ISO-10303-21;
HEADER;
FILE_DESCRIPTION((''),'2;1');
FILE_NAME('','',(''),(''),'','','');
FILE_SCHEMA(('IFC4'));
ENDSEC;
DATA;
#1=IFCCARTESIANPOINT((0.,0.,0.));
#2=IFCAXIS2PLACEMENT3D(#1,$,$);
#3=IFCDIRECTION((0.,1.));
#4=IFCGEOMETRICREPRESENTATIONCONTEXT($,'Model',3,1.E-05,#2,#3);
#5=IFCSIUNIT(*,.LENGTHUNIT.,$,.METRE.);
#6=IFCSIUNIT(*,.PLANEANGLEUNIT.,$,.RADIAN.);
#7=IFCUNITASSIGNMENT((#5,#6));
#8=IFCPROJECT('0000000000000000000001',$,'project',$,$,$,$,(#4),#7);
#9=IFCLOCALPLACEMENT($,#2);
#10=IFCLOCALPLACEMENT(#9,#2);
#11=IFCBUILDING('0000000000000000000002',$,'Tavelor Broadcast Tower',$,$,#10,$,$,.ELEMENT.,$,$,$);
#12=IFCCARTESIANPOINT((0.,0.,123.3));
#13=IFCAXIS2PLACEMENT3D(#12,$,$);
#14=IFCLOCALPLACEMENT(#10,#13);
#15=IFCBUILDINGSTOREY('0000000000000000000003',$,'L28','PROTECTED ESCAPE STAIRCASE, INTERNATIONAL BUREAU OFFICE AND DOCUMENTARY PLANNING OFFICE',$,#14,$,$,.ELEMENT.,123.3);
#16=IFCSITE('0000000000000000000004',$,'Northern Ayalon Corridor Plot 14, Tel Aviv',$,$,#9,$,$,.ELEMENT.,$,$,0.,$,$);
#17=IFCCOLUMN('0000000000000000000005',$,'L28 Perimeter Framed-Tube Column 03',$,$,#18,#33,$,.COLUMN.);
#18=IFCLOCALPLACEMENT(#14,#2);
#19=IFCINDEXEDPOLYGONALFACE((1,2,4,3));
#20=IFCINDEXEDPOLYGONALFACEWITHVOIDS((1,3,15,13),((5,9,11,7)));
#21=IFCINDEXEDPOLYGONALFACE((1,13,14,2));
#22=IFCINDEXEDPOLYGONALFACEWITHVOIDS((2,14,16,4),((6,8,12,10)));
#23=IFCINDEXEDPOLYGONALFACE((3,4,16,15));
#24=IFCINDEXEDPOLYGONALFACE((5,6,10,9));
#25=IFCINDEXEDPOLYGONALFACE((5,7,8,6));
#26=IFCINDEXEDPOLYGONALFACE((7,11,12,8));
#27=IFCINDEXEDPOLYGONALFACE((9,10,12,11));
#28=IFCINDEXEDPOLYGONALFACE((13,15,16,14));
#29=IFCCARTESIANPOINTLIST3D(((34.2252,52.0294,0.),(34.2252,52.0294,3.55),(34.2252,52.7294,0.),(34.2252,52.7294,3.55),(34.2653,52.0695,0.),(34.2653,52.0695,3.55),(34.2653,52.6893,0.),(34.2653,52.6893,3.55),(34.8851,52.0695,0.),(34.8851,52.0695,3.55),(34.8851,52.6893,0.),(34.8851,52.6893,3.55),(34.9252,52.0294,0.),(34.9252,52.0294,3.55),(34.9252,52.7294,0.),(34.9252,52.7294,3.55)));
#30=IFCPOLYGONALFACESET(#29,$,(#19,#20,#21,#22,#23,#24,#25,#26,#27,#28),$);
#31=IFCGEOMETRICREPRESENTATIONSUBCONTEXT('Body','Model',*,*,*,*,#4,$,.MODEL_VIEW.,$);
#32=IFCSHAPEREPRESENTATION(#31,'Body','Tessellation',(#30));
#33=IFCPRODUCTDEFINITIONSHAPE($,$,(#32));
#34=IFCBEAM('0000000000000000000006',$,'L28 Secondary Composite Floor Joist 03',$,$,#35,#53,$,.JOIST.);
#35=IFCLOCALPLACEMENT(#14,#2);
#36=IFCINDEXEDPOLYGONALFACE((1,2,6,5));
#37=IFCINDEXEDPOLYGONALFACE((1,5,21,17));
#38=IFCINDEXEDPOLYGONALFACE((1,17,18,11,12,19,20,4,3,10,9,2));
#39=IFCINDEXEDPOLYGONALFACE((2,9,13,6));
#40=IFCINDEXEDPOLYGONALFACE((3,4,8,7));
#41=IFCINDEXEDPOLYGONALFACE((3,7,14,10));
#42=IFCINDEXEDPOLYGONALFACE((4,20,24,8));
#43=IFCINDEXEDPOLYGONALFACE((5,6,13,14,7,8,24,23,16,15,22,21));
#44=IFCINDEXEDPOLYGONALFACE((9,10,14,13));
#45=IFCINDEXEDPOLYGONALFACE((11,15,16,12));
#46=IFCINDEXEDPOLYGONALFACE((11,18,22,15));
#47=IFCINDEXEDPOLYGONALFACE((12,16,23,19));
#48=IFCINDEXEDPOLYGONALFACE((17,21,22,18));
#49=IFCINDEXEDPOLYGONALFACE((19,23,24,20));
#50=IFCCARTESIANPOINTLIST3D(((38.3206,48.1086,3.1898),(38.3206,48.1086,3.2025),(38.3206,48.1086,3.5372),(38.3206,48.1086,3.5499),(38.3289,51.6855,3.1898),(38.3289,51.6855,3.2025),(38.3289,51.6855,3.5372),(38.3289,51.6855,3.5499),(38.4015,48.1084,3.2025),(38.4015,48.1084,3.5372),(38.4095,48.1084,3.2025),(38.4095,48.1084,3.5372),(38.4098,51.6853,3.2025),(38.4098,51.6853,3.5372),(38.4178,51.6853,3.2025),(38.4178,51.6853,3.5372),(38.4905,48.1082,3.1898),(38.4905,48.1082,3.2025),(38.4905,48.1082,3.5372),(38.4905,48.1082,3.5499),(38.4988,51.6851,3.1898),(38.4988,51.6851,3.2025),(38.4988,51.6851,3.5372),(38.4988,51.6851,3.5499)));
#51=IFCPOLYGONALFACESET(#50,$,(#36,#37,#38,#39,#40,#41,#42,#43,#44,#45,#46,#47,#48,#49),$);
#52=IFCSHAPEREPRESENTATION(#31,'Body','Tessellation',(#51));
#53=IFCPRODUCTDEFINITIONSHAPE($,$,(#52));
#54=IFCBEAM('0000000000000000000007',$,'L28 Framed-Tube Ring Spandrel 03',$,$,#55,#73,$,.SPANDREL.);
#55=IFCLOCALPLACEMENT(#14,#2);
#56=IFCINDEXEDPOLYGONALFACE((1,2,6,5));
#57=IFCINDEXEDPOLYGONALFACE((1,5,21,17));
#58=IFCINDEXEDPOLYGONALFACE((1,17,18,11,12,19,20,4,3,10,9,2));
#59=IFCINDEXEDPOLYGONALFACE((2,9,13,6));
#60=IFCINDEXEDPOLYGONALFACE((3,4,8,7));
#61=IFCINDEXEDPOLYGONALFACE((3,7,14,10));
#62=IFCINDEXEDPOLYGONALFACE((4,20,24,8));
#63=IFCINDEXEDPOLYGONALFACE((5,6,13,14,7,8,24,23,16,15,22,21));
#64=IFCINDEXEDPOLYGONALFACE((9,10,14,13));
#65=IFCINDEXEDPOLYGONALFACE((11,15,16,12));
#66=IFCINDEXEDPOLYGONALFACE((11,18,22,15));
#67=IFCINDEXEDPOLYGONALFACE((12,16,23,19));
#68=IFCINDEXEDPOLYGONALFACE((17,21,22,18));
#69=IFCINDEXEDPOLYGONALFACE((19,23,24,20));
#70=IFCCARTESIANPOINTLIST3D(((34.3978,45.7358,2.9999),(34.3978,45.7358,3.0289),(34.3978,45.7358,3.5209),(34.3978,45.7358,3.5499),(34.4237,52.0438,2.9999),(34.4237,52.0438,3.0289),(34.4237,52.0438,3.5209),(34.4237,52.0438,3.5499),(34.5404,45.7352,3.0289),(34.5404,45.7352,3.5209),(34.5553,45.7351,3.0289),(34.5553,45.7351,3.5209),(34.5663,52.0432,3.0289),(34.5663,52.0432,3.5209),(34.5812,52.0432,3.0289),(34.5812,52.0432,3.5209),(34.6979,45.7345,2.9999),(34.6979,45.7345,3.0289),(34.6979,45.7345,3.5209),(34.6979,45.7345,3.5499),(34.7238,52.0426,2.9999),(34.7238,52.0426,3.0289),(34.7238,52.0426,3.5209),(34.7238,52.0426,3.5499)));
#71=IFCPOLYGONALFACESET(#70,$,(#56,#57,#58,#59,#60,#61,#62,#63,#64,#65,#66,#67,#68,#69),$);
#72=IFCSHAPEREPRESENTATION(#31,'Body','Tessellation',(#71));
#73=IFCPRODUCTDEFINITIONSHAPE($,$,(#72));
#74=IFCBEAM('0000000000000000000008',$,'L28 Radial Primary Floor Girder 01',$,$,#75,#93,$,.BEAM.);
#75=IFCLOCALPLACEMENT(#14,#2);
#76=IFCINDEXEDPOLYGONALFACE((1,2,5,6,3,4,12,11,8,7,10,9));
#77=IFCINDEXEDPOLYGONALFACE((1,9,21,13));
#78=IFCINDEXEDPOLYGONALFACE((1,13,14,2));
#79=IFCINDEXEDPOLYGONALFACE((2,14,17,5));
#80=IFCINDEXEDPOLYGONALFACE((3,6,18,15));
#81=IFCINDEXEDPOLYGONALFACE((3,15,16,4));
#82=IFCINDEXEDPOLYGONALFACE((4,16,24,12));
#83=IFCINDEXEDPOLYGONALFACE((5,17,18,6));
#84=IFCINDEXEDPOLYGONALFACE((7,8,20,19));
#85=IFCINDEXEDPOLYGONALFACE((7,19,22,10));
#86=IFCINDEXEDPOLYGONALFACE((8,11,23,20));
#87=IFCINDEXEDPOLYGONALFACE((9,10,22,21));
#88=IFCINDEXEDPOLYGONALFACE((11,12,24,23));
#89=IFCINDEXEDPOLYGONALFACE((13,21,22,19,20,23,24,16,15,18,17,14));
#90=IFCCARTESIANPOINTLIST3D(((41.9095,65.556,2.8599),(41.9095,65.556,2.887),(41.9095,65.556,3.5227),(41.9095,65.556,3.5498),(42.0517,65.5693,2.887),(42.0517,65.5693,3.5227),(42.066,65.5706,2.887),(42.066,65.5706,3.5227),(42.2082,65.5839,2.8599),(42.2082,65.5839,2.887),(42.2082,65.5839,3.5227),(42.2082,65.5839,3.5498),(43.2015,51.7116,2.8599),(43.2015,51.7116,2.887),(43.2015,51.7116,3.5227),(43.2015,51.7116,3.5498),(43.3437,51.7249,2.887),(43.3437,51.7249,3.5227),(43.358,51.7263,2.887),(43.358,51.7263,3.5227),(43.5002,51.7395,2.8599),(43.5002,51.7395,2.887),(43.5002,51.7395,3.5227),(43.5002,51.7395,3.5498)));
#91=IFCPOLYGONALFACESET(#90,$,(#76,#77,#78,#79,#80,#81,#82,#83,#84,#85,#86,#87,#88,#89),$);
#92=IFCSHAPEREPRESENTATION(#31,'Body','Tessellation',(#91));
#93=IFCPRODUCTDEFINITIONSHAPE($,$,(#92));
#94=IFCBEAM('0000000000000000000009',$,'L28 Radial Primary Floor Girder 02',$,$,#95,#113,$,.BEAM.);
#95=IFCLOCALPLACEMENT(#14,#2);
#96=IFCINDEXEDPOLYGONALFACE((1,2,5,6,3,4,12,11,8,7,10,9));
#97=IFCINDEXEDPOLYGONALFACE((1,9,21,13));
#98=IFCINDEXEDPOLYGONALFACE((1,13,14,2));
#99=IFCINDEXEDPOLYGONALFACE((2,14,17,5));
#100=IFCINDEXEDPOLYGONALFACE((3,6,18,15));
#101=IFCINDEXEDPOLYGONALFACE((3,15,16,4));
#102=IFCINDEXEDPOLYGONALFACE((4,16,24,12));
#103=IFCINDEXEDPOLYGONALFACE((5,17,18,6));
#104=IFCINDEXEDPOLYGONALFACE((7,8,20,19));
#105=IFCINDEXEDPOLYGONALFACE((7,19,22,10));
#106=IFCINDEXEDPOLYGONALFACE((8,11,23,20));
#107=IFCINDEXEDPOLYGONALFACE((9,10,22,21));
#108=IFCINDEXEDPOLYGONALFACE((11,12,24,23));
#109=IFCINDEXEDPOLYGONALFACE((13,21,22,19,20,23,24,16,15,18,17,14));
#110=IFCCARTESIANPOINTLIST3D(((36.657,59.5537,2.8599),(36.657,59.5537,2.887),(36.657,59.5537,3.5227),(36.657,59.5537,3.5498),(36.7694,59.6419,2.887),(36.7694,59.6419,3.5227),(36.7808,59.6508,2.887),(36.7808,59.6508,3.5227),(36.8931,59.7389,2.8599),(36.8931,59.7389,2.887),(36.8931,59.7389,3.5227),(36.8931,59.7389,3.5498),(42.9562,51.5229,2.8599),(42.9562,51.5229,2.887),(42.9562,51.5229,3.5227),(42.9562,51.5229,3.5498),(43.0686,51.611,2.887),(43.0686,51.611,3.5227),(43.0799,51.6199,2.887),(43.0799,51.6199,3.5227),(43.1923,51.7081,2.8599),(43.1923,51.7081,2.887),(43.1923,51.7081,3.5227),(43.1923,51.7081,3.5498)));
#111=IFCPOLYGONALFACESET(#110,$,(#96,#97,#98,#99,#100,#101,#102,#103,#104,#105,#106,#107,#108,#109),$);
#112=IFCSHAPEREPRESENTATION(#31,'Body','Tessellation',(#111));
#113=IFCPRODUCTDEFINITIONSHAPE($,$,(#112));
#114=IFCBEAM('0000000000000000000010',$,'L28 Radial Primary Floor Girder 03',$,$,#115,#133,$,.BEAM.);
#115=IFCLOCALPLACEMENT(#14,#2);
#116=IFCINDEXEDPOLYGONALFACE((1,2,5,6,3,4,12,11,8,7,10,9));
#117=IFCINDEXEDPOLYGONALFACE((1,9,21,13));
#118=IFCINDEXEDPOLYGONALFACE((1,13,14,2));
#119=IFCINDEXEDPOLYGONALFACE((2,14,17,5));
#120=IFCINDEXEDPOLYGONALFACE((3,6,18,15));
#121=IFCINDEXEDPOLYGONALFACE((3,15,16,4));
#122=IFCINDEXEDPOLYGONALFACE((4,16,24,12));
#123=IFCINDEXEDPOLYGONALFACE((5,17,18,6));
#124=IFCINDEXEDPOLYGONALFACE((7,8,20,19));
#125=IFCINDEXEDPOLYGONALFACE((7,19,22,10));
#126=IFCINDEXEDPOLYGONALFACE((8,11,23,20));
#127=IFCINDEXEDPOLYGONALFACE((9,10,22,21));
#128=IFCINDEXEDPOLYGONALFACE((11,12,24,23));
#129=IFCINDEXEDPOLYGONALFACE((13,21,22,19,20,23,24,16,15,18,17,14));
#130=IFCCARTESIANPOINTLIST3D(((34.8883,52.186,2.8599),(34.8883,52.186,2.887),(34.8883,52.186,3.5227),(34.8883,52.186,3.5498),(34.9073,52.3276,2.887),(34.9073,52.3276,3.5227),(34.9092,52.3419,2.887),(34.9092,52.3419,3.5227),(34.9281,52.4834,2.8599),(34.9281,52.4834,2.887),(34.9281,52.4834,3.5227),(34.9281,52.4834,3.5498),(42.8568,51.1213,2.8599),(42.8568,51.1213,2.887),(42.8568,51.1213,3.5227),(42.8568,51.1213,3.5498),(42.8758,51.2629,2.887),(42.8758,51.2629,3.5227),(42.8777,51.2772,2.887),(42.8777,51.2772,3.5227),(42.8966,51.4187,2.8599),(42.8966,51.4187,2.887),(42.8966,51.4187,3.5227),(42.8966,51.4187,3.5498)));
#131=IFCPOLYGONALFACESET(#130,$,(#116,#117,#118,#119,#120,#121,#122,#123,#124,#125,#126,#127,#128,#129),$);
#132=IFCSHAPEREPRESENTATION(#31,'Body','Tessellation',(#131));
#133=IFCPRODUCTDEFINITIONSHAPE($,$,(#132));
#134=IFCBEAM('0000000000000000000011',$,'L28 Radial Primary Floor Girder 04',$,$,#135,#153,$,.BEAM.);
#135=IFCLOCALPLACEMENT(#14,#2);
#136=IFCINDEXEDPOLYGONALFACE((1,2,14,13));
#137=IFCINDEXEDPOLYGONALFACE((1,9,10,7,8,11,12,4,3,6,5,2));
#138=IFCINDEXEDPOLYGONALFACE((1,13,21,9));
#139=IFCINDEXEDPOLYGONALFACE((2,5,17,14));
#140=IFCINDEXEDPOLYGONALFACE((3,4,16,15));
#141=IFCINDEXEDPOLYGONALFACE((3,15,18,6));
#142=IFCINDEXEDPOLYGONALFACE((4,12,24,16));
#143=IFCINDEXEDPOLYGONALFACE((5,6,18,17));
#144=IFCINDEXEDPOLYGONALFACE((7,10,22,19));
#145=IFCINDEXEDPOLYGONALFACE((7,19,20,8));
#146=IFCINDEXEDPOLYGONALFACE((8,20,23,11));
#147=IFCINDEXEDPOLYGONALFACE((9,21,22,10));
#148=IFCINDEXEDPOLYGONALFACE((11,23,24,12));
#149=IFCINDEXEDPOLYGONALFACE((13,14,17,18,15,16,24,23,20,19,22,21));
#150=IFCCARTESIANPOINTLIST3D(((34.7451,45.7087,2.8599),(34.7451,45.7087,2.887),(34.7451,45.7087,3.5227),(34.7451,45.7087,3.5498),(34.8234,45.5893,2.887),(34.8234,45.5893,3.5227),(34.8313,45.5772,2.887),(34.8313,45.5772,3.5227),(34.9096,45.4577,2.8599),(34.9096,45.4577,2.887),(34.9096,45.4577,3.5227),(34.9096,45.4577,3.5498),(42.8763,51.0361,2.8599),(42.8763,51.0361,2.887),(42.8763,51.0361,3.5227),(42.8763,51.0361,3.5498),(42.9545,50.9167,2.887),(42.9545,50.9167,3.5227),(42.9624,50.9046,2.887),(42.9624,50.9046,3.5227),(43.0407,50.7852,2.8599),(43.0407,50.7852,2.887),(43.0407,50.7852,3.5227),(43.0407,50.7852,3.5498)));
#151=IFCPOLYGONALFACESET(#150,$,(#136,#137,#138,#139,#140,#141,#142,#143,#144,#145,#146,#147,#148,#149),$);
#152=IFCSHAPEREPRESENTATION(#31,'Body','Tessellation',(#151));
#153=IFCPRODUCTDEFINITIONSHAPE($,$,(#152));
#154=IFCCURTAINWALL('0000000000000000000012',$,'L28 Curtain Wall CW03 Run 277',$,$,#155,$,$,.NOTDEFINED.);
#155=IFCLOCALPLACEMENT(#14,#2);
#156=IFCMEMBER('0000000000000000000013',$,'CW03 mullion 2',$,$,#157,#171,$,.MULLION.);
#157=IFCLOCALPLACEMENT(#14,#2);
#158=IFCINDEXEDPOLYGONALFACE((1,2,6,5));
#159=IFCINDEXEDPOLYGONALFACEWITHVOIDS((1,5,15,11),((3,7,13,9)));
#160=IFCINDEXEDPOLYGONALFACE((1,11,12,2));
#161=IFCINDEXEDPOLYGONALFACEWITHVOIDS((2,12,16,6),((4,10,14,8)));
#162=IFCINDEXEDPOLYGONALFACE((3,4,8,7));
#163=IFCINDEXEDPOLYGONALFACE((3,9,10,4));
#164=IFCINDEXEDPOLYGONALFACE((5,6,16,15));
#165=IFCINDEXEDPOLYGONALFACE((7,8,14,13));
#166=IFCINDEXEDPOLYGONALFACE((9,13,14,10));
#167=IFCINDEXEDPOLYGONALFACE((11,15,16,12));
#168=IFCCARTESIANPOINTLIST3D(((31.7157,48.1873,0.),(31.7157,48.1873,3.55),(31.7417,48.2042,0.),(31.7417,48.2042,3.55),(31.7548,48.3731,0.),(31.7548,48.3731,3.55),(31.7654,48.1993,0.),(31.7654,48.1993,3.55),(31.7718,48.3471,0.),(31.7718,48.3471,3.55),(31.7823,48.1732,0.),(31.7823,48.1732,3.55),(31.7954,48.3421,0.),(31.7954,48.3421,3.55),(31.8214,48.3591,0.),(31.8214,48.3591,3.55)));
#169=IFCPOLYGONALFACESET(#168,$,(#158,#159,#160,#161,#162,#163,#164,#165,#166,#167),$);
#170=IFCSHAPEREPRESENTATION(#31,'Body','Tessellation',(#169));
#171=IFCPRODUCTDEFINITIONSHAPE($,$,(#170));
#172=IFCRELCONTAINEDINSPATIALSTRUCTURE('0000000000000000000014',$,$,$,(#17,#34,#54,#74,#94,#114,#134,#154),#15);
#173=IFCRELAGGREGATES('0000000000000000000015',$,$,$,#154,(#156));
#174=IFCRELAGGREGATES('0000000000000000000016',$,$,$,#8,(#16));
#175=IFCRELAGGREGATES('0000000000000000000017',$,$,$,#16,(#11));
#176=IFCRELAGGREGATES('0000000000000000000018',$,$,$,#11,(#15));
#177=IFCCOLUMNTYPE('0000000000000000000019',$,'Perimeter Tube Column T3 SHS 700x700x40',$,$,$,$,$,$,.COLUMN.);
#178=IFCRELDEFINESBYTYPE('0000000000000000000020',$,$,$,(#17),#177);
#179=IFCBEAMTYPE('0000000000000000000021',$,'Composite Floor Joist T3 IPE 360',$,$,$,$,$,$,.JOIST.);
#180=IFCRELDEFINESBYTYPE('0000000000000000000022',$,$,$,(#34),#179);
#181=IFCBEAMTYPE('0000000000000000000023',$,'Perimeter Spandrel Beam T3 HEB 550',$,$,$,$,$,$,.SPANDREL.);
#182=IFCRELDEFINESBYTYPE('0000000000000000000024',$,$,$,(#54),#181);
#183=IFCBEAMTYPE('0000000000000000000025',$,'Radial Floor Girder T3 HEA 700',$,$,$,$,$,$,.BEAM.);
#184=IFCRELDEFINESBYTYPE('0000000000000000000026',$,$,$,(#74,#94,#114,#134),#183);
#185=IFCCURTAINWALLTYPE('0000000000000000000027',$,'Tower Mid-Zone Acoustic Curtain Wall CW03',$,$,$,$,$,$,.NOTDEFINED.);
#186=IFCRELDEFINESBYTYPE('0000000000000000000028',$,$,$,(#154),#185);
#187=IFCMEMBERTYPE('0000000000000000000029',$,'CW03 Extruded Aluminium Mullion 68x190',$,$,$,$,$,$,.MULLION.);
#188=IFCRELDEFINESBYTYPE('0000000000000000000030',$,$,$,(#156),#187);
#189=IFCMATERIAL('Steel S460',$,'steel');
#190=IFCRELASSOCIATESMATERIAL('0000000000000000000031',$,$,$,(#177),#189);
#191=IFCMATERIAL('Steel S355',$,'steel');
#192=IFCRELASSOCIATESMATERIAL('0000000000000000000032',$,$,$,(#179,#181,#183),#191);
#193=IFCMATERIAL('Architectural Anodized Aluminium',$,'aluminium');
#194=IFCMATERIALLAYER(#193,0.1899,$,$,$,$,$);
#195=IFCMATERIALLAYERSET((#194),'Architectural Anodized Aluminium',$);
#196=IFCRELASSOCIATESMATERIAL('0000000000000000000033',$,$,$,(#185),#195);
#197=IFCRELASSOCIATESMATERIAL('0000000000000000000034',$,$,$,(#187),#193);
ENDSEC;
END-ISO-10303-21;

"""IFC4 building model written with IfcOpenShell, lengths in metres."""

from ifc_helpers import new_model, si_unit, direction, frame, origin, origin_2d, place, context, subcontext, project, spatial, hollow_rectangle, i_section, extrude, source, transform, mapped, material, layer, layer_set, material_profile, profile_set, type_object, type_shapes, element, aggregate, save


model = new_model("IFC4")

# Units and contexts
model_context = context("Model", 3, precision=1e-05, world=origin(), true_north=direction((0.0, 1.0)))
body_context = subcontext(model_context, "Body", "Model", "MODEL_VIEW")
ifc_project = project(units=[si_unit("LENGTHUNIT", "METRE"), si_unit("PLANEANGLEUNIT", "RADIAN")], contexts=[model_context])

# Site, building, storey
site_placement = place(None, origin())
site = spatial("IfcSite", under=ifc_project, at=site_placement, Name="Northern Ayalon Corridor Plot 14, Tel Aviv", CompositionType="ELEMENT", RefElevation=0.0)
building_placement = place(site_placement, origin())
building = spatial("IfcBuilding", under=site, at=building_placement, Name="Tavelor Broadcast Tower", CompositionType="ELEMENT")
storey_placement = place(building_placement, frame((0.0, 0.0, 123.3)))
storey = spatial("IfcBuildingStorey", under=building, at=storey_placement, Name="L28", Description="PROTECTED ESCAPE STAIRCASE, INTERNATIONAL BUREAU OFFICE AND DOCUMENTARY PLANNING OFFICE", CompositionType="ELEMENT", Elevation=123.3)

# Column
ifc_material_1 = material(Name="Steel S460", Category="steel")
ifc_material_profile_1 = material_profile(ifc_material_1, hollow_rectangle(XDim=0.7, YDim=0.7, WallThickness=0.04, at=origin_2d()), Name="SHS 700x700x40")
ifc_profile_set_1 = profile_set([ifc_material_profile_1], Name="Steel S460")
column_type = type_object("IfcColumnType", Name="Perimeter Tube Column T3 SHS 700x700x40", PredefinedType="COLUMN", material=ifc_profile_set_1)
column_placement = place(storey_placement, frame((34.5752, 52.3794, 0.0), z_axis=(0.0, 0.0, 1.0), x_axis=(1.0, 0.0, 0.0)))
element("IfcColumn", 1, at=column_placement, inside=storey, type_object=column_type, Name="L28 Perimeter Framed-Tube Column 03", PredefinedType="COLUMN", context=body_context, shape_type="SweptSolid", body=[
    extrude(hollow_rectangle(XDim=0.7, YDim=0.7, WallThickness=0.04, at=origin_2d()), origin(), (0.0, 0.0, 1.0), 3.55),
])

# Beams
ifc_material_2 = material(Name="Steel S355", Category="steel")
ifc_material_profile_2 = material_profile(ifc_material_2, i_section(OverallWidth=0.1699, OverallDepth=0.3601, WebThickness=0.0081, FlangeThickness=0.0127, at=origin_2d()), Name="IPE 360")
ifc_profile_set_2 = profile_set([ifc_material_profile_2], Name="Steel S355")
beam_type_1 = type_object("IfcBeamType", Name="Composite Floor Joist T3 IPE 360", PredefinedType="JOIST", material=ifc_profile_set_2)
beam_1_placement = place(storey_placement, frame((38.4138, 51.6853, 3.3699), z_axis=(-0.002321, -0.999997, 0.0), x_axis=(0.999997, -0.002321, 0.0)))
element("IfcBeam", 2, at=beam_1_placement, inside=storey, type_object=beam_type_1, Name="L28 Secondary Composite Floor Joist 03", PredefinedType="JOIST", context=body_context, shape_type="SweptSolid", body=[
    extrude(i_section(OverallWidth=0.1699, OverallDepth=0.3601, WebThickness=0.0081, FlangeThickness=0.0127, at=origin_2d()), origin(), (0.0, 0.0, 1.0), 3.5769),
])
ifc_material_profile_3 = material_profile(ifc_material_2, i_section(OverallWidth=0.3, OverallDepth=0.55, WebThickness=0.0149, FlangeThickness=0.0291, at=origin_2d()), Name="HEB 550")
ifc_profile_set_3 = profile_set([ifc_material_profile_3], Name="Steel S355")
beam_type_2 = type_object("IfcBeamType", Name="Perimeter Spandrel Beam T3 HEB 550", PredefinedType="SPANDREL", material=ifc_profile_set_3)
beam_2_placement = place(storey_placement, frame((34.5737, 52.0432, 3.2749), z_axis=(-0.004102, -0.999992, 0.0), x_axis=(0.999992, -0.004102, 0.0)))
element("IfcBeam", 3, at=beam_2_placement, inside=storey, type_object=beam_type_2, Name="L28 Framed-Tube Ring Spandrel 03", PredefinedType="SPANDREL", context=body_context, shape_type="SweptSolid", body=[
    extrude(i_section(OverallWidth=0.3, OverallDepth=0.55, WebThickness=0.0149, FlangeThickness=0.0291, at=origin_2d()), origin(), (0.0, 0.0, 1.0), 6.3081),
])
ifc_material_profile_4 = material_profile(ifc_material_2, i_section(OverallWidth=0.3, OverallDepth=0.6899, WebThickness=0.0144, FlangeThickness=0.0271, at=origin_2d()), Name="HEA 700")
ifc_profile_set_4 = profile_set([ifc_material_profile_4], Name="Steel S355")
beam_type_3 = type_object("IfcBeamType", Name="Radial Floor Girder T3 HEA 700", PredefinedType="BEAM", material=ifc_profile_set_4)
beam_3_placement = place(storey_placement, frame((43.3508, 51.7256, 3.2048), z_axis=(-0.092918, 0.995674, 0.0), x_axis=(-0.995674, -0.092918, 0.0)))
element("IfcBeam", 4, at=beam_3_placement, inside=storey, type_object=beam_type_3, Name="L28 Radial Primary Floor Girder 01", PredefinedType="BEAM", context=body_context, shape_type="SweptSolid", body=[
    extrude(i_section(OverallWidth=0.3, OverallDepth=0.6899, WebThickness=0.0144, FlangeThickness=0.0271, at=origin_2d()), origin(), (0.0, 0.0, 1.0), 13.9045),
])
beam_4_placement = place(storey_placement, frame((43.0742, 51.6155, 3.2048), z_axis=(-0.617166, 0.786833, 0.0), x_axis=(-0.786833, -0.617166, 0.0)))
element("IfcBeam", 5, at=beam_4_placement, inside=storey, type_object=beam_type_3, Name="L28 Radial Primary Floor Girder 02", PredefinedType="BEAM", context=body_context, shape_type="SweptSolid", body=[
    extrude(i_section(OverallWidth=0.3, OverallDepth=0.6899, WebThickness=0.0144, FlangeThickness=0.0271, at=origin_2d()), origin(), (0.0, 0.0, 1.0), 10.2065),
])
beam_5_placement = place(storey_placement, frame((42.8767, 51.27, 3.2048), z_axis=(-0.991192, 0.132436, 0.0), x_axis=(-0.132436, -0.991192, 0.0)))
element("IfcBeam", 6, at=beam_5_placement, inside=storey, type_object=beam_type_3, Name="L28 Radial Primary Floor Girder 03", PredefinedType="BEAM", context=body_context, shape_type="SweptSolid", body=[
    extrude(i_section(OverallWidth=0.3, OverallDepth=0.6899, WebThickness=0.0144, FlangeThickness=0.0271, at=origin_2d()), origin(), (0.0, 0.0, 1.0), 8.0393),
])
beam_6_placement = place(storey_placement, frame((42.9585, 50.9106, 3.2048), z_axis=(-0.836456, -0.548035, 0.0), x_axis=(0.548035, -0.836456, 0.0)))
element("IfcBeam", 7, at=beam_6_placement, inside=storey, type_object=beam_type_3, Name="L28 Radial Primary Floor Girder 04", PredefinedType="BEAM", context=body_context, shape_type="SweptSolid", body=[
    extrude(i_section(OverallWidth=0.3, OverallDepth=0.6899, WebThickness=0.0144, FlangeThickness=0.0271, at=origin_2d()), origin(), (0.0, 0.0, 1.0), 9.7209),
])

# Curtain wall, member
ifc_material_3 = material(Name="Architectural Anodized Aluminium", Category="aluminium")
ifc_layer_1 = layer(ifc_material_3, 0.1899)
ifc_layer_set_1 = layer_set([ifc_layer_1], Name="Architectural Anodized Aluminium")
curtain_wall_type = type_object("IfcCurtainWallType", Name="Tower Mid-Zone Acoustic Curtain Wall CW03", PredefinedType="NOTDEFINED", material=ifc_layer_set_1)
curtain_wall_1_placement = place(storey_placement, origin())
curtain_wall_1 = element("IfcCurtainWall", 8, at=curtain_wall_1_placement, inside=storey, type_object=curtain_wall_type, Name="L28 Curtain Wall CW03 Run 277", PredefinedType="NOTDEFINED")
ifc_material_profile_5 = material_profile(ifc_material_3, hollow_rectangle(XDim=0.0681, YDim=0.1899, WallThickness=0.022, at=origin_2d()), Name="RHS 68x190x22")
ifc_profile_set_5 = profile_set([ifc_material_profile_5], Name="Architectural Anodized Aluminium")
member_type_1 = type_object("IfcMemberType", Name="CW03 Extruded Aluminium Mullion 68x190", PredefinedType="MULLION", material=ifc_profile_set_5)
shared_shape_1 = source(origin(), body_context, "Body", "SweptSolid", [
    extrude(hollow_rectangle(XDim=0.0681, YDim=0.1899, WallThickness=0.022, at=origin_2d()), origin(), (0.0, 0.0, 1.0), 3.55),
])
type_shapes(member_type_1, [shared_shape_1])
member_1_placement = place(storey_placement, frame((31.7686, 48.2732, 0.0), z_axis=(0.0, 0.0, 1.0), x_axis=(0.978598, -0.205782, 0.0)))
member_1 = element("IfcMember", 9, at=member_1_placement, type_object=member_type_1, Name="CW03 mullion 2", PredefinedType="MULLION", context=body_context, shape_type="MappedRepresentation", body=[
    mapped(shared_shape_1, transform((0.0, 0.0, 0.0), scale=1.0)),
])

aggregate(curtain_wall_1, [member_1])

save(model, "model.ifc")
